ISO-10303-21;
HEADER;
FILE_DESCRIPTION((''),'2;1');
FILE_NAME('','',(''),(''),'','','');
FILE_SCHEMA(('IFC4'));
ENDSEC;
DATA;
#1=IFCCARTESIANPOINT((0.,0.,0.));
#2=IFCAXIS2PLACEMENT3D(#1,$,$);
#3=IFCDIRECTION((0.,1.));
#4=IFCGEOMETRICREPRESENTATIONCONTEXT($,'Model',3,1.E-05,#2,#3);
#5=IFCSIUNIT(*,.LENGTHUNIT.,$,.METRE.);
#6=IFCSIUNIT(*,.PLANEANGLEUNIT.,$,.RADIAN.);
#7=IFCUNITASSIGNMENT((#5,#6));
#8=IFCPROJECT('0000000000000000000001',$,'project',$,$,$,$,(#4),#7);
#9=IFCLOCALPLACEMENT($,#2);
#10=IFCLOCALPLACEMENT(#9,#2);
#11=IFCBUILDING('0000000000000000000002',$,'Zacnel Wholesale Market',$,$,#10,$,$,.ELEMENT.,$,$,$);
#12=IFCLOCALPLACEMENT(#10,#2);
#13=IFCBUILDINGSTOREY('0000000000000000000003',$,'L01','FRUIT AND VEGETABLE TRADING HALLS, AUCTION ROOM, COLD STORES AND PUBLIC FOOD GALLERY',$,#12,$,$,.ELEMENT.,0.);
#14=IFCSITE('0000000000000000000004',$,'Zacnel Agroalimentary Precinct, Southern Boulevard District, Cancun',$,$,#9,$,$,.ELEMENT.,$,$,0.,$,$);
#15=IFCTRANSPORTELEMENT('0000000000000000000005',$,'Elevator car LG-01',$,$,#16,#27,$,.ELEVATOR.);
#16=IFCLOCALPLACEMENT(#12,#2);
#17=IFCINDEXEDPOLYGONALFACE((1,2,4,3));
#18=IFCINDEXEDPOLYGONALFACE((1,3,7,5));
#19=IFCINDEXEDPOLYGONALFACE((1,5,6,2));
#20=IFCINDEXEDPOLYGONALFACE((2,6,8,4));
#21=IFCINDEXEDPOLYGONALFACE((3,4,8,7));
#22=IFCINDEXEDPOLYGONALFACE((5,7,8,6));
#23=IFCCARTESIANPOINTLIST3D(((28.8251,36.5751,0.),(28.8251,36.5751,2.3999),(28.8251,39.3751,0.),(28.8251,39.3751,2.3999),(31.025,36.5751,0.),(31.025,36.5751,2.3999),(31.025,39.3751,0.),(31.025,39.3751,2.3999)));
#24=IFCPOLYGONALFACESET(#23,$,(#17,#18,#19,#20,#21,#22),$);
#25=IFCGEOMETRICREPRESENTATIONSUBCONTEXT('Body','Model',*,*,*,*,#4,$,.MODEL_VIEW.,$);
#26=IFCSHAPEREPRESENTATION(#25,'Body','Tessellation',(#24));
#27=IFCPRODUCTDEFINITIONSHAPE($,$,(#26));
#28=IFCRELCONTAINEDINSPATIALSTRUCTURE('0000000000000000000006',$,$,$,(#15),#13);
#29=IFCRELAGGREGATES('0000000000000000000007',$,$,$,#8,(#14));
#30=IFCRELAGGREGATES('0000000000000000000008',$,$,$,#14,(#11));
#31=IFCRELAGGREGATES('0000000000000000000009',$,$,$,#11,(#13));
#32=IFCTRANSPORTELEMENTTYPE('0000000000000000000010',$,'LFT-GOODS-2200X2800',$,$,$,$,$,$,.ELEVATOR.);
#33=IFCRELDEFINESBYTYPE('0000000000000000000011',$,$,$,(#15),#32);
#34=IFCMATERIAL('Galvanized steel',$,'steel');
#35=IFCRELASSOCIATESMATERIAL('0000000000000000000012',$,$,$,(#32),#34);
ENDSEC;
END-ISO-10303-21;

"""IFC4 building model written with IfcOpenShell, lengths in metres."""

from ifc_helpers import new_model, si_unit, direction, frame, origin, origin_2d, place, context, subcontext, project, spatial, rectangle, extrude, material, type_object, element, save


model = new_model("IFC4")

# Units and contexts
model_context = context("Model", 3, precision=1e-05, world=origin(), true_north=direction((0.0, 1.0)))
body_context = subcontext(model_context, "Body", "Model", "MODEL_VIEW")
ifc_project = project(units=[si_unit("LENGTHUNIT", "METRE"), si_unit("PLANEANGLEUNIT", "RADIAN")], contexts=[model_context])

# Site, building, storey
site_placement = place(None, origin())
site = spatial("IfcSite", under=ifc_project, at=site_placement, Name="Zacnel Agroalimentary Precinct, Southern Boulevard District, Cancun", CompositionType="ELEMENT", RefElevation=0.0)
building_placement = place(site_placement, origin())
building = spatial("IfcBuilding", under=site, at=building_placement, Name="Zacnel Wholesale Market", CompositionType="ELEMENT")
storey_placement = place(building_placement, origin())
storey = spatial("IfcBuildingStorey", under=building, at=storey_placement, Name="L01", Description="FRUIT AND VEGETABLE TRADING HALLS, AUCTION ROOM, COLD STORES AND PUBLIC FOOD GALLERY", CompositionType="ELEMENT", Elevation=0.0)

# Transport element
ifc_material_1 = material(Name="Galvanized steel", Category="steel")
transport_element_type = type_object("IfcTransportElementType", Name="LFT-GOODS-2200X2800", PredefinedType="ELEVATOR", material=ifc_material_1)
transport_element_placement = place(storey_placement, frame((29.925, 37.9751, 0.0), z_axis=(0.0, 0.0, 1.0), x_axis=(1.0, 0.0, 0.0)))
element("IfcTransportElement", 1, at=transport_element_placement, inside=storey, type_object=transport_element_type, Name="Elevator car LG-01", PredefinedType="ELEVATOR", context=body_context, shape_type="SweptSolid", body=[
    extrude(rectangle(XDim=2.2, YDim=2.8, at=origin_2d()), origin(), (0.0, 0.0, 1.0), 2.3999),
])

save(model, "model.ifc")
